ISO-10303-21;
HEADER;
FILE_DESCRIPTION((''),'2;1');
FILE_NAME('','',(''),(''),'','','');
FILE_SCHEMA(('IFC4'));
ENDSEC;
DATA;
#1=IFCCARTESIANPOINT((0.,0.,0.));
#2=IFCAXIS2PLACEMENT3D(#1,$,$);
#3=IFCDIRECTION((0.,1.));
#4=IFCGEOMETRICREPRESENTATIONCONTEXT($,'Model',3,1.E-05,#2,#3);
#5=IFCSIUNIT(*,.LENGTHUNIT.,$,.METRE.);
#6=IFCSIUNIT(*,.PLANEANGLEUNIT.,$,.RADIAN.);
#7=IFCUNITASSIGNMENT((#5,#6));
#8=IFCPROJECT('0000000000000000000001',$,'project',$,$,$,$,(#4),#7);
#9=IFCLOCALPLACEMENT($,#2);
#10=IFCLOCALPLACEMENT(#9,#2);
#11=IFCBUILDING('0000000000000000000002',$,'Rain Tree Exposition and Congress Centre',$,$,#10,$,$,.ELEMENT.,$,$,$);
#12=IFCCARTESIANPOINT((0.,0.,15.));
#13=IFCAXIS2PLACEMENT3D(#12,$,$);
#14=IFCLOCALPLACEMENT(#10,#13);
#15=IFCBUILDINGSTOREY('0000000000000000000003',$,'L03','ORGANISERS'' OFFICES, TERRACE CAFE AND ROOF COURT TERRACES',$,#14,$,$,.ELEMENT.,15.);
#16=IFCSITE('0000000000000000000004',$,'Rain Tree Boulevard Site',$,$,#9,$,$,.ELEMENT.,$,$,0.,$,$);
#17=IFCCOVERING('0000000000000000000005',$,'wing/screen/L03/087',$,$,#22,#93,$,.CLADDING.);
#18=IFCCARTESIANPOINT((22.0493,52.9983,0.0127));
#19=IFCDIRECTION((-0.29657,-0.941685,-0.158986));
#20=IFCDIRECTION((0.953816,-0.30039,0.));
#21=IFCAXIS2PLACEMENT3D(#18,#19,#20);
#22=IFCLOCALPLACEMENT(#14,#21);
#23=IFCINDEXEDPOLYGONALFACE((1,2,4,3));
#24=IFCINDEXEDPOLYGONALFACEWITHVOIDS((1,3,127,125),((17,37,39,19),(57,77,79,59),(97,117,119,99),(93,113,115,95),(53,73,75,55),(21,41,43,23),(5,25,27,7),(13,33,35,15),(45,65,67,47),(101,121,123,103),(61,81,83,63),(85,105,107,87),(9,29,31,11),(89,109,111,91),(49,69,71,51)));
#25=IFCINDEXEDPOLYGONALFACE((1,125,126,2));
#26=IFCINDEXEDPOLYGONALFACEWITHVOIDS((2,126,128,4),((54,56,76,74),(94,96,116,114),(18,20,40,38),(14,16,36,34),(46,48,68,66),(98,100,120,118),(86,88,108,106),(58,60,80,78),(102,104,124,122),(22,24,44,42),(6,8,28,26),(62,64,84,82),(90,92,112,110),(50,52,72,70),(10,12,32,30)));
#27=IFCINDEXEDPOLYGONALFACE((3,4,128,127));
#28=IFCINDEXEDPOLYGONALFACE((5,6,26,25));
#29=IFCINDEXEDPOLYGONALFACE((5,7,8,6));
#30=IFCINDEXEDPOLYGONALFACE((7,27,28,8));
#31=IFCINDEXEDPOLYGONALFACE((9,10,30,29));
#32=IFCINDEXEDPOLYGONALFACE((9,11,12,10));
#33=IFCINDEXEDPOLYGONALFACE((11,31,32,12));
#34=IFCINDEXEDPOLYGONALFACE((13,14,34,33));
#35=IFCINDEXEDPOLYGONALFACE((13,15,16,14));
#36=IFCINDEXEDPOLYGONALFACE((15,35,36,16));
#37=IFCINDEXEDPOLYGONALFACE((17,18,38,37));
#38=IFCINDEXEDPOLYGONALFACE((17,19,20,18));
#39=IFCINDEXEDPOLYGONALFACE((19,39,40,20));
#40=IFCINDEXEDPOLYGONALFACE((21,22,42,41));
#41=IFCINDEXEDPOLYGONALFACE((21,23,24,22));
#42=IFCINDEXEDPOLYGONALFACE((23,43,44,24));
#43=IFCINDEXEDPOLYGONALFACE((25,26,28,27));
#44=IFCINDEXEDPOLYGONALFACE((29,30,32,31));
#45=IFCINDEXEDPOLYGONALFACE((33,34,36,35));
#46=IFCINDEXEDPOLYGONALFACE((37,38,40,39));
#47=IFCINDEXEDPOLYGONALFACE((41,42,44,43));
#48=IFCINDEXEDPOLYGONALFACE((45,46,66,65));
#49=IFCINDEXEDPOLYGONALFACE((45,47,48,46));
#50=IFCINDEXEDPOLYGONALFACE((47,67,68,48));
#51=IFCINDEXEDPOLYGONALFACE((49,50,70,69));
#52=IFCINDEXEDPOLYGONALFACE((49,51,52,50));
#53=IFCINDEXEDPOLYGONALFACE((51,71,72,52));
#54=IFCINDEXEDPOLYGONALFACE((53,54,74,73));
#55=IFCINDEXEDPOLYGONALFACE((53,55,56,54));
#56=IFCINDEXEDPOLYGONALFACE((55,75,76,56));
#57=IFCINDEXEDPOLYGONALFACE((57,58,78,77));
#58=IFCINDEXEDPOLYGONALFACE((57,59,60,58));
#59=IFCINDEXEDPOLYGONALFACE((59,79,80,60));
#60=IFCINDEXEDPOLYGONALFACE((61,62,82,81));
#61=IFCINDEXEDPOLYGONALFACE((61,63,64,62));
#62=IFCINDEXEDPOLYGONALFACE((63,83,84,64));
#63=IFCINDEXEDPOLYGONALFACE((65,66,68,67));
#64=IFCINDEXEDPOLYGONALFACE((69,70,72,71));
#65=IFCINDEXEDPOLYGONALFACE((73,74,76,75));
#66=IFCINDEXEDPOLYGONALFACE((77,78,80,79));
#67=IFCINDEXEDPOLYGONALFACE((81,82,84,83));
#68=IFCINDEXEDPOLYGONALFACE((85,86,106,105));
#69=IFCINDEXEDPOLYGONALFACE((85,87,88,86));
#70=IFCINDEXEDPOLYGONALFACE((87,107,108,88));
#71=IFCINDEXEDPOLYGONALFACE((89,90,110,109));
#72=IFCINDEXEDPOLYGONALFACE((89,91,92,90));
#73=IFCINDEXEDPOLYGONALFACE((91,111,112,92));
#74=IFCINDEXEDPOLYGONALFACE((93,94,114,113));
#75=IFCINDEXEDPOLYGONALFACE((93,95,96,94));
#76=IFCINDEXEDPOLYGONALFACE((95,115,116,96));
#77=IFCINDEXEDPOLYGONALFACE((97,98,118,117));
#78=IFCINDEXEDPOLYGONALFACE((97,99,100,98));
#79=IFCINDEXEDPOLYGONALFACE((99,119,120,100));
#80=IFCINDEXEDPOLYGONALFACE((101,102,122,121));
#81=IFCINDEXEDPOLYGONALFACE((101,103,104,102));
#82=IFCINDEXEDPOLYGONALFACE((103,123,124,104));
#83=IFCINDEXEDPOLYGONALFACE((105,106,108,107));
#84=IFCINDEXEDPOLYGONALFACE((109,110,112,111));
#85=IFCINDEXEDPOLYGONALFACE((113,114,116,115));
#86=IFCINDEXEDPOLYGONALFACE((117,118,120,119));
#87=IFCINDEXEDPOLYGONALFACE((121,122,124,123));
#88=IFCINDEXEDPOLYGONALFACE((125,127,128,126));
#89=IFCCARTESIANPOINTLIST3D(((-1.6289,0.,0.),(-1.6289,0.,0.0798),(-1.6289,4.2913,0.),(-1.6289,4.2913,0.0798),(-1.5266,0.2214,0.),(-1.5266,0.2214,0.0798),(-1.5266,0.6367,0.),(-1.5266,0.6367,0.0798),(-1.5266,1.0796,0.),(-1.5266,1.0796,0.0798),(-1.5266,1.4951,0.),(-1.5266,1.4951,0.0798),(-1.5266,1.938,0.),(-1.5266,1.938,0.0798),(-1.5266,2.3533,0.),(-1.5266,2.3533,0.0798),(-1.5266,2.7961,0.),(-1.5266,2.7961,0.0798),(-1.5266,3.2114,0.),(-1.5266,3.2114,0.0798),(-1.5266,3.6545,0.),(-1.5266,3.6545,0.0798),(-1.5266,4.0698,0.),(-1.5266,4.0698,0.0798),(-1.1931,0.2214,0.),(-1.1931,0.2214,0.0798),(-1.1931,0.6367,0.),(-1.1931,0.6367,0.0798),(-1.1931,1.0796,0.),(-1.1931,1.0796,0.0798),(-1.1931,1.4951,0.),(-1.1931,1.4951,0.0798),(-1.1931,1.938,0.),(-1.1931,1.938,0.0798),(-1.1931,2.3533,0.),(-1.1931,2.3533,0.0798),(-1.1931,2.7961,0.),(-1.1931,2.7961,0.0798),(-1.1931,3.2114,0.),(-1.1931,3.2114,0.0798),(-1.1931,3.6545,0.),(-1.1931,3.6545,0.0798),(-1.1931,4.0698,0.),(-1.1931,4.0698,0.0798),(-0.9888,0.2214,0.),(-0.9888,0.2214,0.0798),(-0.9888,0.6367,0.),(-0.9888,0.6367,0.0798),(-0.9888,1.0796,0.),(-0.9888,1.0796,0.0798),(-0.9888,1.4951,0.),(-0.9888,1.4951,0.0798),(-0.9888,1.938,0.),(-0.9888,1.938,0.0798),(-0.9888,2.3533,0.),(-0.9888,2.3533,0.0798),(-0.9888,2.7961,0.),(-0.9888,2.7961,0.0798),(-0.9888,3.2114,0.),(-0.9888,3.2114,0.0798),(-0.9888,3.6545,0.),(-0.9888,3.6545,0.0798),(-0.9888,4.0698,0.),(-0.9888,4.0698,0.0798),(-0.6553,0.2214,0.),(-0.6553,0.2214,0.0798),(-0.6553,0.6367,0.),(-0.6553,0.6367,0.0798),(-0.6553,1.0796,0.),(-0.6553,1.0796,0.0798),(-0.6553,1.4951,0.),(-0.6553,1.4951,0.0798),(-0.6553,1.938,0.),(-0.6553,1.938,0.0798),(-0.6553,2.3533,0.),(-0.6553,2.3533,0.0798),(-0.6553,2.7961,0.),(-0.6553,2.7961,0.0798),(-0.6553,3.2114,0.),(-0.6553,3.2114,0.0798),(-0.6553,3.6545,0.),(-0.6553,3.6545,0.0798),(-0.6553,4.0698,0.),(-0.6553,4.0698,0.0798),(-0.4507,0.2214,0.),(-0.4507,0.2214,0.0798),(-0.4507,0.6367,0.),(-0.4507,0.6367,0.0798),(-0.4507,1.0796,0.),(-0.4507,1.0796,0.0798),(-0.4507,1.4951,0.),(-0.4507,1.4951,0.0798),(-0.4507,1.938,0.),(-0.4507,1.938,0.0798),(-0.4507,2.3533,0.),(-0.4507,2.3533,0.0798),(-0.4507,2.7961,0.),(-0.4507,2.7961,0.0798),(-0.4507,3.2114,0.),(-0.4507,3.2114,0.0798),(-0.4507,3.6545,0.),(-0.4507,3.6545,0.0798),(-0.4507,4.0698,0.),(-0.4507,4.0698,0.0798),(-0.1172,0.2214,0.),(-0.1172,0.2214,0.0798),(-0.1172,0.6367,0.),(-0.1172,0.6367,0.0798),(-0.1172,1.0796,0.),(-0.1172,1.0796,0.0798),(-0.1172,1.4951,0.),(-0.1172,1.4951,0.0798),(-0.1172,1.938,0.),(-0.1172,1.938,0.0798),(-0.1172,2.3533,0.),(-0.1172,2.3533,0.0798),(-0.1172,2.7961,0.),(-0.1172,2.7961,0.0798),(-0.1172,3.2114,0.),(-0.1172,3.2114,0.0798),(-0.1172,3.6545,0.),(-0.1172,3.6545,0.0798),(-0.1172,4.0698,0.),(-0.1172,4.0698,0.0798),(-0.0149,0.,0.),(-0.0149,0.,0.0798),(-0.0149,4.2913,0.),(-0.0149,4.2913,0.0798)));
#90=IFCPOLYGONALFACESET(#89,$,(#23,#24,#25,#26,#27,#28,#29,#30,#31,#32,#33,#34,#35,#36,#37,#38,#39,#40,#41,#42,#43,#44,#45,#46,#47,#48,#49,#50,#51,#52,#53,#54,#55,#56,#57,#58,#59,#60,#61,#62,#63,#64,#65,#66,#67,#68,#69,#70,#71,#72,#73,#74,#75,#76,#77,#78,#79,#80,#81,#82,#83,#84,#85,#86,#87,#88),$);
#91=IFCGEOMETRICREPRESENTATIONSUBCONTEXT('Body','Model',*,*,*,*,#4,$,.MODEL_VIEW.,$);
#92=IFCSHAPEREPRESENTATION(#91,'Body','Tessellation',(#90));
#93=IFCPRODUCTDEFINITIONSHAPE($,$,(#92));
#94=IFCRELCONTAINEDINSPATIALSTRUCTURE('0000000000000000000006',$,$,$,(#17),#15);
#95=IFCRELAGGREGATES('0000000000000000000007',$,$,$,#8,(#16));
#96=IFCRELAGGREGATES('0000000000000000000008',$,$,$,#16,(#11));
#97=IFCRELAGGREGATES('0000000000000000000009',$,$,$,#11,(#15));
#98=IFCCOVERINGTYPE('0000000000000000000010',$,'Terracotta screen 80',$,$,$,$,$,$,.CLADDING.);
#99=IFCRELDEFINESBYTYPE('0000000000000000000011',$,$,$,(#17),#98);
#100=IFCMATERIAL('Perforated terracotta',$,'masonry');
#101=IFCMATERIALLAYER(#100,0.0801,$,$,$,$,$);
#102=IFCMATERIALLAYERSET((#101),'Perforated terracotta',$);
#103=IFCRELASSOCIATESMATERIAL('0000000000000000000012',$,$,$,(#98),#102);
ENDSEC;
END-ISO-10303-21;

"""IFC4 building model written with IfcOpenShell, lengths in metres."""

from ifc_helpers import new_model, si_unit, direction, frame, origin, place, context, subcontext, project, spatial, polyline, outline, extrude, material, layer, layer_set, type_object, element, save


model = new_model("IFC4")

# Units and contexts
model_context = context("Model", 3, precision=1e-05, world=origin(), true_north=direction((0.0, 1.0)))
body_context = subcontext(model_context, "Body", "Model", "MODEL_VIEW")
ifc_project = project(units=[si_unit("LENGTHUNIT", "METRE"), si_unit("PLANEANGLEUNIT", "RADIAN")], contexts=[model_context])

# Site, building, storey
site_placement = place(None, origin())
site = spatial("IfcSite", under=ifc_project, at=site_placement, Name="Rain Tree Boulevard Site", CompositionType="ELEMENT", RefElevation=0.0)
building_placement = place(site_placement, origin())
building = spatial("IfcBuilding", under=site, at=building_placement, Name="Rain Tree Exposition and Congress Centre", CompositionType="ELEMENT")
storey_placement = place(building_placement, frame((0.0, 0.0, 15.0)))
storey = spatial("IfcBuildingStorey", under=building, at=storey_placement, Name="L03", Description="ORGANISERS' OFFICES, TERRACE CAFE AND ROOF COURT TERRACES", CompositionType="ELEMENT", Elevation=15.0)

# Covering
ifc_material_1 = material(Name="Perforated terracotta", Category="masonry")
ifc_layer = layer(ifc_material_1, 0.0801)
ifc_layer_set = layer_set([ifc_layer], Name="Perforated terracotta")
covering_type = type_object("IfcCoveringType", Name="Terracotta screen 80", PredefinedType="CLADDING", material=ifc_layer_set)
covering_1_placement = place(storey_placement, frame((22.0493, 52.9983, 0.0127), z_axis=(-0.29657, -0.941685, -0.158986), x_axis=(0.953816, -0.30039, 0.0)))
element("IfcCovering", 1, at=covering_1_placement, inside=storey, type_object=covering_type, Name="wing/screen/L03/087", PredefinedType="CLADDING", context=body_context, shape_type="SweptSolid", body=[
    extrude(outline(polyline([(-1.6289, 0.0), (-1.6289, 4.2913), (-0.0149, 4.2913), (-0.0149, 0.0), (-1.6289, 0.0)]), holes=[polyline([(-0.1172, 0.2214), (-0.1172, 0.6367), (-0.4507, 0.6367), (-0.4507, 0.2214), (-0.1172, 0.2214)]), polyline([(-0.1172, 1.0796), (-0.1172, 1.4951), (-0.4507, 1.4951), (-0.4507, 1.0796), (-0.1172, 1.0796)]), polyline([(-0.1172, 1.938), (-0.1172, 2.3533), (-0.4507, 2.3533), (-0.4507, 1.938), (-0.1172, 1.938)]), polyline([(-0.1172, 2.7961), (-0.1172, 3.2114), (-0.4507, 3.2114), (-0.4507, 2.7961), (-0.1172, 2.7961)]), polyline([(-0.1172, 3.6545), (-0.1172, 4.0698), (-0.4507, 4.0698), (-0.4507, 3.6545), (-0.1172, 3.6545)]), polyline([(-0.6553, 0.2214), (-0.6553, 0.6367), (-0.9888, 0.6367), (-0.9888, 0.2214), (-0.6553, 0.2214)]), polyline([(-0.6553, 1.0796), (-0.6553, 1.4951), (-0.9888, 1.4951), (-0.9888, 1.0796), (-0.6553, 1.0796)]), polyline([(-0.6553, 1.938), (-0.6553, 2.3533), (-0.9888, 2.3533), (-0.9888, 1.938), (-0.6553, 1.938)]), polyline([(-0.6553, 2.7961), (-0.6553, 3.2114), (-0.9888, 3.2114), (-0.9888, 2.7961), (-0.6553, 2.7961)]), polyline([(-0.6553, 3.6545), (-0.6553, 4.0698), (-0.9888, 4.0698), (-0.9888, 3.6545), (-0.6553, 3.6545)]), polyline([(-1.1931, 0.2214), (-1.1931, 0.6367), (-1.5266, 0.6367), (-1.5266, 0.2214), (-1.1931, 0.2214)]), polyline([(-1.1931, 1.0796), (-1.1931, 1.4951), (-1.5266, 1.4951), (-1.5266, 1.0796), (-1.1931, 1.0796)]), polyline([(-1.1931, 1.938), (-1.1931, 2.3533), (-1.5266, 2.3533), (-1.5266, 1.938), (-1.1931, 1.938)]), polyline([(-1.1931, 2.7961), (-1.1931, 3.2114), (-1.5266, 3.2114), (-1.5266, 2.7961), (-1.1931, 2.7961)]), polyline([(-1.1931, 3.6545), (-1.1931, 4.0698), (-1.5266, 4.0698), (-1.5266, 3.6545), (-1.1931, 3.6545)])]), origin(), (0.0, 0.0, 1.0), 0.0798),
])

save(model, "model.ifc")
